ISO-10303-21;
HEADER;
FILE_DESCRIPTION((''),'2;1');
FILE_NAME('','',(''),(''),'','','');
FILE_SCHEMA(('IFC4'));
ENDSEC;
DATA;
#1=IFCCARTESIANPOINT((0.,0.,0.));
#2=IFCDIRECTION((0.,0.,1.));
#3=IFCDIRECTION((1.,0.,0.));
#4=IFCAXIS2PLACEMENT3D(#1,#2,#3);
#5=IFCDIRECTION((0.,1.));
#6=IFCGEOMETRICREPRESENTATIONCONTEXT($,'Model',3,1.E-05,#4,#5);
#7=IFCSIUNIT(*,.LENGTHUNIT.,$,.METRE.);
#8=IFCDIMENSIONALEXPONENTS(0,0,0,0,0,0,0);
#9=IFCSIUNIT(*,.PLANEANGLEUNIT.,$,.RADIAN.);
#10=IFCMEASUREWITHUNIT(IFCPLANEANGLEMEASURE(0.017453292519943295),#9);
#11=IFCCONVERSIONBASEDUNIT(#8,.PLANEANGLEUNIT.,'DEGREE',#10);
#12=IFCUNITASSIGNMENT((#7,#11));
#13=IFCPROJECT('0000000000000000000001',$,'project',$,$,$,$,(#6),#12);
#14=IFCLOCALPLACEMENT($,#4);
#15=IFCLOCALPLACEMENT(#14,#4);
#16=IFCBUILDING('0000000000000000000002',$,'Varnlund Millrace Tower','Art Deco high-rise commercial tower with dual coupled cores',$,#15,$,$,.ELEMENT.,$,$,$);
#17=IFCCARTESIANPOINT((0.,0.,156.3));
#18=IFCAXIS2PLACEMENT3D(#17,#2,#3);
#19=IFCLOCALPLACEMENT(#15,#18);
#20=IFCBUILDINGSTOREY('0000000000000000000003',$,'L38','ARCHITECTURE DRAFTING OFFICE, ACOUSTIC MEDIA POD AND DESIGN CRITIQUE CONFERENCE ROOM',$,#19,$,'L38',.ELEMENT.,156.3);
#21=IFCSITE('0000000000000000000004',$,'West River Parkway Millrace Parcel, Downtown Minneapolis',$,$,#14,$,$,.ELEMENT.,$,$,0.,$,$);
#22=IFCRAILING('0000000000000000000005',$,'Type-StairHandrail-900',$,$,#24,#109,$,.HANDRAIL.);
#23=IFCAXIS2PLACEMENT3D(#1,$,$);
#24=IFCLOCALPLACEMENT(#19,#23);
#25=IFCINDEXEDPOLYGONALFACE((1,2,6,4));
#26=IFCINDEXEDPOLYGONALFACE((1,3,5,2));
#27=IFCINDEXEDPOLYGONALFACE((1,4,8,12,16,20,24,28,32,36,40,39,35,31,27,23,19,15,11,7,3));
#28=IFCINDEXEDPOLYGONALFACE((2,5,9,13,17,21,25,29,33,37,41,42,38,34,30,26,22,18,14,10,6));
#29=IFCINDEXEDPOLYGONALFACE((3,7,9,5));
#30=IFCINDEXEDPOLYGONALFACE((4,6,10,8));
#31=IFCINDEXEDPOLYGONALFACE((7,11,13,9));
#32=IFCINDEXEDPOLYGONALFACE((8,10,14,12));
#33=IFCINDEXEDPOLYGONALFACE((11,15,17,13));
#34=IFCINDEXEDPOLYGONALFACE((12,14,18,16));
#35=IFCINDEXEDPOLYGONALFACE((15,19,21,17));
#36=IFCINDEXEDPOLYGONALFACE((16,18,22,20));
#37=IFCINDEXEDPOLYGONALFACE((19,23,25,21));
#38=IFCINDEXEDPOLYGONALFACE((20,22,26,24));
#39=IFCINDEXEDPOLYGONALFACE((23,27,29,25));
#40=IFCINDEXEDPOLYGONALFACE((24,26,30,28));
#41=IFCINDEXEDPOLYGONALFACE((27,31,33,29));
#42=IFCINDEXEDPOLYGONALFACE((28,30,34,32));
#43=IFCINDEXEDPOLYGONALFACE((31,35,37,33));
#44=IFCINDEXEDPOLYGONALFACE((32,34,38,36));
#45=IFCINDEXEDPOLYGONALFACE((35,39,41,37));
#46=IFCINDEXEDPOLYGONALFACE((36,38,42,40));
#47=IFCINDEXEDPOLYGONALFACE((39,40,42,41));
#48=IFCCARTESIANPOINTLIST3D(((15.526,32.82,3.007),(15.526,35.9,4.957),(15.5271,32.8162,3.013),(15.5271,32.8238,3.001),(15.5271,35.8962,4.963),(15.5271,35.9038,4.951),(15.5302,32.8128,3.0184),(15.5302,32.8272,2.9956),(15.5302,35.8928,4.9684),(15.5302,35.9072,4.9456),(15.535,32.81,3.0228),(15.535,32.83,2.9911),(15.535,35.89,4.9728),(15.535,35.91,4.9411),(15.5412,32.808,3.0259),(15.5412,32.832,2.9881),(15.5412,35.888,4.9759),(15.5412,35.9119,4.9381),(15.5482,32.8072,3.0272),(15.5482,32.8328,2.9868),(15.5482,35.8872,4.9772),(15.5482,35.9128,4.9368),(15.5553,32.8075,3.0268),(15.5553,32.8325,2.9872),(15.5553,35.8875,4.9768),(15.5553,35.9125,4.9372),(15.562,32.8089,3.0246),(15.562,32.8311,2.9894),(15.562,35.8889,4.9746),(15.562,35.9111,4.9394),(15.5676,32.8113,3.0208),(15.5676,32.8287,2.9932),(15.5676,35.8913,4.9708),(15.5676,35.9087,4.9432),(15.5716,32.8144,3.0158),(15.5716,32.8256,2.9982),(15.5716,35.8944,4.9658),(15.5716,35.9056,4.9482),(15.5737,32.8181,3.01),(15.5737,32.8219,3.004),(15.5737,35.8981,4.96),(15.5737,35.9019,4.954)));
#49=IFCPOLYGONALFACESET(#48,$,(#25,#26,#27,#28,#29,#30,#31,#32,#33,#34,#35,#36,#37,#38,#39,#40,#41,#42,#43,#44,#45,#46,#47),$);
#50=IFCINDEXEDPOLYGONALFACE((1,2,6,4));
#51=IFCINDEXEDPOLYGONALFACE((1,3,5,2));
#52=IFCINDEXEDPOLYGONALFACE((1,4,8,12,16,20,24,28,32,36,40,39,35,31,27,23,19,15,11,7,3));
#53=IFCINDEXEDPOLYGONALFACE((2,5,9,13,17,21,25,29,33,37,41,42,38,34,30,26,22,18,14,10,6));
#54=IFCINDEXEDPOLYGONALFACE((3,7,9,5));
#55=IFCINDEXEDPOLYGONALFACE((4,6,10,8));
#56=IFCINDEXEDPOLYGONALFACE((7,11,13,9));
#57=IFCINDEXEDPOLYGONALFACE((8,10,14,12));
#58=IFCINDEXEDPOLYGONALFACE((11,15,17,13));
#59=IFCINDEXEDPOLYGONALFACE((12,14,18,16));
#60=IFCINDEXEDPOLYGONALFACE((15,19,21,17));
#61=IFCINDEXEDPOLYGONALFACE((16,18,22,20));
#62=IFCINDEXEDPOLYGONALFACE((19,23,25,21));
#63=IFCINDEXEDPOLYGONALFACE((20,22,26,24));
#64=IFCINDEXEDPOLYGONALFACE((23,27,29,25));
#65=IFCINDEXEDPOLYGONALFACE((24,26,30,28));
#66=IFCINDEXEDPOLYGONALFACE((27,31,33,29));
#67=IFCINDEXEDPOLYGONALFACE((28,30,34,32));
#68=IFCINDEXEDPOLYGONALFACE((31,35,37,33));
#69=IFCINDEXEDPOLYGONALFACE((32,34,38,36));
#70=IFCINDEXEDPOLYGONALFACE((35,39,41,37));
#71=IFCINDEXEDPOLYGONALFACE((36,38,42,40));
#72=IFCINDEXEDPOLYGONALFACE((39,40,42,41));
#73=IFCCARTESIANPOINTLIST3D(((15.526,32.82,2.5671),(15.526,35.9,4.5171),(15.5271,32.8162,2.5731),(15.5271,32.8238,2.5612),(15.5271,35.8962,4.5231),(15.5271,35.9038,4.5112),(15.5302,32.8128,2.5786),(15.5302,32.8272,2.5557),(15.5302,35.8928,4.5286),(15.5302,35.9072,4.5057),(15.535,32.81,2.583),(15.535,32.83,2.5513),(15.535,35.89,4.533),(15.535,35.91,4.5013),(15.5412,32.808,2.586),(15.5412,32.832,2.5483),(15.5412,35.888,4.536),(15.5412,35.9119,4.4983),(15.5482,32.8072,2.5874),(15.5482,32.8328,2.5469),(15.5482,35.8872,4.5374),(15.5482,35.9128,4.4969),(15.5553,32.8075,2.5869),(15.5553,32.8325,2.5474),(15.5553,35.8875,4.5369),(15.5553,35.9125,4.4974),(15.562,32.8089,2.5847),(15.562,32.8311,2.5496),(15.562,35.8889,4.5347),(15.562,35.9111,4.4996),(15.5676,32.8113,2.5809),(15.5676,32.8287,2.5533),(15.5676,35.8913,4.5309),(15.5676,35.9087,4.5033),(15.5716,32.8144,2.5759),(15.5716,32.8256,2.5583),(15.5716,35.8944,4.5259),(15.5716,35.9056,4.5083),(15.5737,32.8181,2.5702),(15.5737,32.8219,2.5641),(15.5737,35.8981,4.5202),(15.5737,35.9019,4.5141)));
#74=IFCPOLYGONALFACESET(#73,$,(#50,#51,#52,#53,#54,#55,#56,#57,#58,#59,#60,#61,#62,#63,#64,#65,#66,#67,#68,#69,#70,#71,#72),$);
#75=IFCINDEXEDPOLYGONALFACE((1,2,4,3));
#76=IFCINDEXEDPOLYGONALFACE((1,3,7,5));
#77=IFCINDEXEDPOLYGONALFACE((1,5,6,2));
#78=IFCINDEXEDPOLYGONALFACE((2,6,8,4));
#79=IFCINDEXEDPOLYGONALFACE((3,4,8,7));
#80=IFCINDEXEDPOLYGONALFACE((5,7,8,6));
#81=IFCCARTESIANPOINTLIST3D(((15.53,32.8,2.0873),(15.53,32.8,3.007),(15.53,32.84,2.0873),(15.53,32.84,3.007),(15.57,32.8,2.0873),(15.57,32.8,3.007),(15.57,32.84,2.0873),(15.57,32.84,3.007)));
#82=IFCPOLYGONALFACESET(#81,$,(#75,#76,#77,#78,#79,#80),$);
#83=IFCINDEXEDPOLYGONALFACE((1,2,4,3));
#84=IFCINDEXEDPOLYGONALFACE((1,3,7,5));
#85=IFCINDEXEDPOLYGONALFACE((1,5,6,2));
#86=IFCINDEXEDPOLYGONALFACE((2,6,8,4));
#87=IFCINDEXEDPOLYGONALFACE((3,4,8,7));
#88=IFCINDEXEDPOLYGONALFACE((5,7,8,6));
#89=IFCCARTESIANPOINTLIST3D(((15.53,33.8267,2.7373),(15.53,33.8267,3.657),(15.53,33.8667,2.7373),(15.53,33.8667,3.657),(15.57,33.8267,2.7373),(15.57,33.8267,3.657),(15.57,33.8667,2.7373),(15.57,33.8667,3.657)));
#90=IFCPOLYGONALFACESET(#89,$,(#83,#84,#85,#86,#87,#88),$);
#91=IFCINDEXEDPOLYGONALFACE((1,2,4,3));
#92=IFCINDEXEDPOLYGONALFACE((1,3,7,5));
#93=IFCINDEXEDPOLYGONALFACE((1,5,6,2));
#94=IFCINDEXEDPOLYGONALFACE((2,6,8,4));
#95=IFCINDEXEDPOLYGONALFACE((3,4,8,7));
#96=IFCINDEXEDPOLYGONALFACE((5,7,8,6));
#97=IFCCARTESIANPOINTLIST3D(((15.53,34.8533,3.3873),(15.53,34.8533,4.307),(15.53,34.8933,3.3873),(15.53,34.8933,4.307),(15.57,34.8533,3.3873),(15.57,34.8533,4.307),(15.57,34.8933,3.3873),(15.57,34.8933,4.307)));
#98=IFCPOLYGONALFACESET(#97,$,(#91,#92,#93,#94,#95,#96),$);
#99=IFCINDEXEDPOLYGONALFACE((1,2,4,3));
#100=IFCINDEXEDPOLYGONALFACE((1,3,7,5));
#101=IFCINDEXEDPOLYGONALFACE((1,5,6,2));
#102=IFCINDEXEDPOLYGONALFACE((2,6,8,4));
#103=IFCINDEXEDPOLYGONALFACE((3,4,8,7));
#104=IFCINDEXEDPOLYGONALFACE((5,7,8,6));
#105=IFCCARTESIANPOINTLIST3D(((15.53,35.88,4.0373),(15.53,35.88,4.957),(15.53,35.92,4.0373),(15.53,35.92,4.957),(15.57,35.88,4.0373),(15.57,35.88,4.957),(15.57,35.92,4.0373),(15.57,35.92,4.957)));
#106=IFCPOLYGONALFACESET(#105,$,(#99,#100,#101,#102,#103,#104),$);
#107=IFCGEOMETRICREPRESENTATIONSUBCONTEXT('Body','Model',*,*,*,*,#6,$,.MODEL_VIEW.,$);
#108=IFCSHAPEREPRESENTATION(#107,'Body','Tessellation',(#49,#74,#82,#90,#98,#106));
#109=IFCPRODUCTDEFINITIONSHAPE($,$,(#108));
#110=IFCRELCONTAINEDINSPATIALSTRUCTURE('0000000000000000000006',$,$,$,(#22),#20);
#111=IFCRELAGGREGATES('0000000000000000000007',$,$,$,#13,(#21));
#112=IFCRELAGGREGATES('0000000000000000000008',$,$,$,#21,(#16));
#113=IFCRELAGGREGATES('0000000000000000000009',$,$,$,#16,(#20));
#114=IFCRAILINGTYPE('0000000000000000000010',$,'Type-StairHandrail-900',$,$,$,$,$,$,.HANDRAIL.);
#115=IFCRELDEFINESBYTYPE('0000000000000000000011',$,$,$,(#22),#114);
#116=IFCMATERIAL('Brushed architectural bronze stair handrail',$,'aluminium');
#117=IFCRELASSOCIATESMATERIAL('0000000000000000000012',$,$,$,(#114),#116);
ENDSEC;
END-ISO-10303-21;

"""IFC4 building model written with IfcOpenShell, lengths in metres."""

from ifc_helpers import new_model, entity, si_unit, converted_unit, direction, frame, origin_with_axes, origin_2d_with_axis, place, context, subcontext, project, spatial, rectangle, circle, extrude, material, type_object, element, save


model = new_model("IFC4")

# Units and contexts
model_context = context("Model", 3, precision=1e-05, world=origin_with_axes(), true_north=direction((0.0, 1.0)))
body_context = subcontext(model_context, "Body", "Model", "MODEL_VIEW")
ifc_project = project(units=[si_unit("LENGTHUNIT", "METRE"), converted_unit("PLANEANGLEUNIT", "DEGREE", entity("IfcPlaneAngleMeasure", 0.017453292519943295), si_unit("PLANEANGLEUNIT", "RADIAN"), dimensions=[0, 0, 0, 0, 0, 0, 0])], contexts=[model_context])

# Site, building, storey
site_placement = place(None, origin_with_axes())
site = spatial("IfcSite", under=ifc_project, at=site_placement, Name="West River Parkway Millrace Parcel, Downtown Minneapolis", CompositionType="ELEMENT", RefElevation=0.0)
building_placement = place(site_placement, origin_with_axes())
building = spatial("IfcBuilding", under=site, at=building_placement, Name="Varnlund Millrace Tower", Description="Art Deco high-rise commercial tower with dual coupled cores", CompositionType="ELEMENT")
storey_placement = place(building_placement, frame((0.0, 0.0, 156.3), z_axis=(0.0, 0.0, 1.0), x_axis=(1.0, 0.0, 0.0)))
storey = spatial("IfcBuildingStorey", under=building, at=storey_placement, Name="L38", Description="ARCHITECTURE DRAFTING OFFICE, ACOUSTIC MEDIA POD AND DESIGN CRITIQUE CONFERENCE ROOM", LongName="L38", CompositionType="ELEMENT", Elevation=156.3)

# Railing
ifc_material_1 = material(Name="Brushed architectural bronze stair handrail", Category="aluminium")
railing_type_1 = type_object("IfcRailingType", Name="Type-StairHandrail-900", PredefinedType="HANDRAIL", material=ifc_material_1)
railing_1_placement = place(storey_placement, frame((0.0, 0.0, -156.3), z_axis=(0.0, 0.0, 1.0), x_axis=(1.0, 0.0, 0.0)))
element("IfcRailing", 1, at=railing_1_placement, inside=storey, type_object=railing_type_1, Name="Type-StairHandrail-900", PredefinedType="HANDRAIL", context=body_context, shape_type="SweptSolid", body=[
    extrude(circle(Radius=0.024, at=origin_2d_with_axis()), frame((15.55, 32.82, 159.307), z_axis=(0.0, 0.844902, 0.534922), x_axis=(-1.0, 0.0, 0.0)), (0.0, 0.0, 1.0), 3.6454),
    extrude(circle(Radius=0.024, at=origin_2d_with_axis()), frame((15.55, 32.82, 158.8671), z_axis=(0.0, 0.844902, 0.534922), x_axis=(-1.0, 0.0, 0.0)), (0.0, 0.0, 1.0), 3.6454),
    extrude(rectangle(XDim=0.04, YDim=0.04, at=origin_2d_with_axis()), frame((15.55, 32.82, 158.3873), z_axis=(0.0, 0.0, 1.0), x_axis=(1.0, 0.0, 0.0)), (0.0, 0.0, 1.0), 0.9197),
    extrude(rectangle(XDim=0.04, YDim=0.04, at=origin_2d_with_axis()), frame((15.55, 33.8467, 159.0373), z_axis=(0.0, 0.0, 1.0), x_axis=(1.0, 0.0, 0.0)), (0.0, 0.0, 1.0), 0.9197),
    extrude(rectangle(XDim=0.04, YDim=0.04, at=origin_2d_with_axis()), frame((15.55, 34.8733, 159.6873), z_axis=(0.0, 0.0, 1.0), x_axis=(1.0, 0.0, 0.0)), (0.0, 0.0, 1.0), 0.9197),
    extrude(rectangle(XDim=0.04, YDim=0.04, at=origin_2d_with_axis()), frame((15.55, 35.9, 160.3373), z_axis=(0.0, 0.0, 1.0), x_axis=(1.0, 0.0, 0.0)), (0.0, 0.0, 1.0), 0.9197),
])

save(model, "model.ifc")
